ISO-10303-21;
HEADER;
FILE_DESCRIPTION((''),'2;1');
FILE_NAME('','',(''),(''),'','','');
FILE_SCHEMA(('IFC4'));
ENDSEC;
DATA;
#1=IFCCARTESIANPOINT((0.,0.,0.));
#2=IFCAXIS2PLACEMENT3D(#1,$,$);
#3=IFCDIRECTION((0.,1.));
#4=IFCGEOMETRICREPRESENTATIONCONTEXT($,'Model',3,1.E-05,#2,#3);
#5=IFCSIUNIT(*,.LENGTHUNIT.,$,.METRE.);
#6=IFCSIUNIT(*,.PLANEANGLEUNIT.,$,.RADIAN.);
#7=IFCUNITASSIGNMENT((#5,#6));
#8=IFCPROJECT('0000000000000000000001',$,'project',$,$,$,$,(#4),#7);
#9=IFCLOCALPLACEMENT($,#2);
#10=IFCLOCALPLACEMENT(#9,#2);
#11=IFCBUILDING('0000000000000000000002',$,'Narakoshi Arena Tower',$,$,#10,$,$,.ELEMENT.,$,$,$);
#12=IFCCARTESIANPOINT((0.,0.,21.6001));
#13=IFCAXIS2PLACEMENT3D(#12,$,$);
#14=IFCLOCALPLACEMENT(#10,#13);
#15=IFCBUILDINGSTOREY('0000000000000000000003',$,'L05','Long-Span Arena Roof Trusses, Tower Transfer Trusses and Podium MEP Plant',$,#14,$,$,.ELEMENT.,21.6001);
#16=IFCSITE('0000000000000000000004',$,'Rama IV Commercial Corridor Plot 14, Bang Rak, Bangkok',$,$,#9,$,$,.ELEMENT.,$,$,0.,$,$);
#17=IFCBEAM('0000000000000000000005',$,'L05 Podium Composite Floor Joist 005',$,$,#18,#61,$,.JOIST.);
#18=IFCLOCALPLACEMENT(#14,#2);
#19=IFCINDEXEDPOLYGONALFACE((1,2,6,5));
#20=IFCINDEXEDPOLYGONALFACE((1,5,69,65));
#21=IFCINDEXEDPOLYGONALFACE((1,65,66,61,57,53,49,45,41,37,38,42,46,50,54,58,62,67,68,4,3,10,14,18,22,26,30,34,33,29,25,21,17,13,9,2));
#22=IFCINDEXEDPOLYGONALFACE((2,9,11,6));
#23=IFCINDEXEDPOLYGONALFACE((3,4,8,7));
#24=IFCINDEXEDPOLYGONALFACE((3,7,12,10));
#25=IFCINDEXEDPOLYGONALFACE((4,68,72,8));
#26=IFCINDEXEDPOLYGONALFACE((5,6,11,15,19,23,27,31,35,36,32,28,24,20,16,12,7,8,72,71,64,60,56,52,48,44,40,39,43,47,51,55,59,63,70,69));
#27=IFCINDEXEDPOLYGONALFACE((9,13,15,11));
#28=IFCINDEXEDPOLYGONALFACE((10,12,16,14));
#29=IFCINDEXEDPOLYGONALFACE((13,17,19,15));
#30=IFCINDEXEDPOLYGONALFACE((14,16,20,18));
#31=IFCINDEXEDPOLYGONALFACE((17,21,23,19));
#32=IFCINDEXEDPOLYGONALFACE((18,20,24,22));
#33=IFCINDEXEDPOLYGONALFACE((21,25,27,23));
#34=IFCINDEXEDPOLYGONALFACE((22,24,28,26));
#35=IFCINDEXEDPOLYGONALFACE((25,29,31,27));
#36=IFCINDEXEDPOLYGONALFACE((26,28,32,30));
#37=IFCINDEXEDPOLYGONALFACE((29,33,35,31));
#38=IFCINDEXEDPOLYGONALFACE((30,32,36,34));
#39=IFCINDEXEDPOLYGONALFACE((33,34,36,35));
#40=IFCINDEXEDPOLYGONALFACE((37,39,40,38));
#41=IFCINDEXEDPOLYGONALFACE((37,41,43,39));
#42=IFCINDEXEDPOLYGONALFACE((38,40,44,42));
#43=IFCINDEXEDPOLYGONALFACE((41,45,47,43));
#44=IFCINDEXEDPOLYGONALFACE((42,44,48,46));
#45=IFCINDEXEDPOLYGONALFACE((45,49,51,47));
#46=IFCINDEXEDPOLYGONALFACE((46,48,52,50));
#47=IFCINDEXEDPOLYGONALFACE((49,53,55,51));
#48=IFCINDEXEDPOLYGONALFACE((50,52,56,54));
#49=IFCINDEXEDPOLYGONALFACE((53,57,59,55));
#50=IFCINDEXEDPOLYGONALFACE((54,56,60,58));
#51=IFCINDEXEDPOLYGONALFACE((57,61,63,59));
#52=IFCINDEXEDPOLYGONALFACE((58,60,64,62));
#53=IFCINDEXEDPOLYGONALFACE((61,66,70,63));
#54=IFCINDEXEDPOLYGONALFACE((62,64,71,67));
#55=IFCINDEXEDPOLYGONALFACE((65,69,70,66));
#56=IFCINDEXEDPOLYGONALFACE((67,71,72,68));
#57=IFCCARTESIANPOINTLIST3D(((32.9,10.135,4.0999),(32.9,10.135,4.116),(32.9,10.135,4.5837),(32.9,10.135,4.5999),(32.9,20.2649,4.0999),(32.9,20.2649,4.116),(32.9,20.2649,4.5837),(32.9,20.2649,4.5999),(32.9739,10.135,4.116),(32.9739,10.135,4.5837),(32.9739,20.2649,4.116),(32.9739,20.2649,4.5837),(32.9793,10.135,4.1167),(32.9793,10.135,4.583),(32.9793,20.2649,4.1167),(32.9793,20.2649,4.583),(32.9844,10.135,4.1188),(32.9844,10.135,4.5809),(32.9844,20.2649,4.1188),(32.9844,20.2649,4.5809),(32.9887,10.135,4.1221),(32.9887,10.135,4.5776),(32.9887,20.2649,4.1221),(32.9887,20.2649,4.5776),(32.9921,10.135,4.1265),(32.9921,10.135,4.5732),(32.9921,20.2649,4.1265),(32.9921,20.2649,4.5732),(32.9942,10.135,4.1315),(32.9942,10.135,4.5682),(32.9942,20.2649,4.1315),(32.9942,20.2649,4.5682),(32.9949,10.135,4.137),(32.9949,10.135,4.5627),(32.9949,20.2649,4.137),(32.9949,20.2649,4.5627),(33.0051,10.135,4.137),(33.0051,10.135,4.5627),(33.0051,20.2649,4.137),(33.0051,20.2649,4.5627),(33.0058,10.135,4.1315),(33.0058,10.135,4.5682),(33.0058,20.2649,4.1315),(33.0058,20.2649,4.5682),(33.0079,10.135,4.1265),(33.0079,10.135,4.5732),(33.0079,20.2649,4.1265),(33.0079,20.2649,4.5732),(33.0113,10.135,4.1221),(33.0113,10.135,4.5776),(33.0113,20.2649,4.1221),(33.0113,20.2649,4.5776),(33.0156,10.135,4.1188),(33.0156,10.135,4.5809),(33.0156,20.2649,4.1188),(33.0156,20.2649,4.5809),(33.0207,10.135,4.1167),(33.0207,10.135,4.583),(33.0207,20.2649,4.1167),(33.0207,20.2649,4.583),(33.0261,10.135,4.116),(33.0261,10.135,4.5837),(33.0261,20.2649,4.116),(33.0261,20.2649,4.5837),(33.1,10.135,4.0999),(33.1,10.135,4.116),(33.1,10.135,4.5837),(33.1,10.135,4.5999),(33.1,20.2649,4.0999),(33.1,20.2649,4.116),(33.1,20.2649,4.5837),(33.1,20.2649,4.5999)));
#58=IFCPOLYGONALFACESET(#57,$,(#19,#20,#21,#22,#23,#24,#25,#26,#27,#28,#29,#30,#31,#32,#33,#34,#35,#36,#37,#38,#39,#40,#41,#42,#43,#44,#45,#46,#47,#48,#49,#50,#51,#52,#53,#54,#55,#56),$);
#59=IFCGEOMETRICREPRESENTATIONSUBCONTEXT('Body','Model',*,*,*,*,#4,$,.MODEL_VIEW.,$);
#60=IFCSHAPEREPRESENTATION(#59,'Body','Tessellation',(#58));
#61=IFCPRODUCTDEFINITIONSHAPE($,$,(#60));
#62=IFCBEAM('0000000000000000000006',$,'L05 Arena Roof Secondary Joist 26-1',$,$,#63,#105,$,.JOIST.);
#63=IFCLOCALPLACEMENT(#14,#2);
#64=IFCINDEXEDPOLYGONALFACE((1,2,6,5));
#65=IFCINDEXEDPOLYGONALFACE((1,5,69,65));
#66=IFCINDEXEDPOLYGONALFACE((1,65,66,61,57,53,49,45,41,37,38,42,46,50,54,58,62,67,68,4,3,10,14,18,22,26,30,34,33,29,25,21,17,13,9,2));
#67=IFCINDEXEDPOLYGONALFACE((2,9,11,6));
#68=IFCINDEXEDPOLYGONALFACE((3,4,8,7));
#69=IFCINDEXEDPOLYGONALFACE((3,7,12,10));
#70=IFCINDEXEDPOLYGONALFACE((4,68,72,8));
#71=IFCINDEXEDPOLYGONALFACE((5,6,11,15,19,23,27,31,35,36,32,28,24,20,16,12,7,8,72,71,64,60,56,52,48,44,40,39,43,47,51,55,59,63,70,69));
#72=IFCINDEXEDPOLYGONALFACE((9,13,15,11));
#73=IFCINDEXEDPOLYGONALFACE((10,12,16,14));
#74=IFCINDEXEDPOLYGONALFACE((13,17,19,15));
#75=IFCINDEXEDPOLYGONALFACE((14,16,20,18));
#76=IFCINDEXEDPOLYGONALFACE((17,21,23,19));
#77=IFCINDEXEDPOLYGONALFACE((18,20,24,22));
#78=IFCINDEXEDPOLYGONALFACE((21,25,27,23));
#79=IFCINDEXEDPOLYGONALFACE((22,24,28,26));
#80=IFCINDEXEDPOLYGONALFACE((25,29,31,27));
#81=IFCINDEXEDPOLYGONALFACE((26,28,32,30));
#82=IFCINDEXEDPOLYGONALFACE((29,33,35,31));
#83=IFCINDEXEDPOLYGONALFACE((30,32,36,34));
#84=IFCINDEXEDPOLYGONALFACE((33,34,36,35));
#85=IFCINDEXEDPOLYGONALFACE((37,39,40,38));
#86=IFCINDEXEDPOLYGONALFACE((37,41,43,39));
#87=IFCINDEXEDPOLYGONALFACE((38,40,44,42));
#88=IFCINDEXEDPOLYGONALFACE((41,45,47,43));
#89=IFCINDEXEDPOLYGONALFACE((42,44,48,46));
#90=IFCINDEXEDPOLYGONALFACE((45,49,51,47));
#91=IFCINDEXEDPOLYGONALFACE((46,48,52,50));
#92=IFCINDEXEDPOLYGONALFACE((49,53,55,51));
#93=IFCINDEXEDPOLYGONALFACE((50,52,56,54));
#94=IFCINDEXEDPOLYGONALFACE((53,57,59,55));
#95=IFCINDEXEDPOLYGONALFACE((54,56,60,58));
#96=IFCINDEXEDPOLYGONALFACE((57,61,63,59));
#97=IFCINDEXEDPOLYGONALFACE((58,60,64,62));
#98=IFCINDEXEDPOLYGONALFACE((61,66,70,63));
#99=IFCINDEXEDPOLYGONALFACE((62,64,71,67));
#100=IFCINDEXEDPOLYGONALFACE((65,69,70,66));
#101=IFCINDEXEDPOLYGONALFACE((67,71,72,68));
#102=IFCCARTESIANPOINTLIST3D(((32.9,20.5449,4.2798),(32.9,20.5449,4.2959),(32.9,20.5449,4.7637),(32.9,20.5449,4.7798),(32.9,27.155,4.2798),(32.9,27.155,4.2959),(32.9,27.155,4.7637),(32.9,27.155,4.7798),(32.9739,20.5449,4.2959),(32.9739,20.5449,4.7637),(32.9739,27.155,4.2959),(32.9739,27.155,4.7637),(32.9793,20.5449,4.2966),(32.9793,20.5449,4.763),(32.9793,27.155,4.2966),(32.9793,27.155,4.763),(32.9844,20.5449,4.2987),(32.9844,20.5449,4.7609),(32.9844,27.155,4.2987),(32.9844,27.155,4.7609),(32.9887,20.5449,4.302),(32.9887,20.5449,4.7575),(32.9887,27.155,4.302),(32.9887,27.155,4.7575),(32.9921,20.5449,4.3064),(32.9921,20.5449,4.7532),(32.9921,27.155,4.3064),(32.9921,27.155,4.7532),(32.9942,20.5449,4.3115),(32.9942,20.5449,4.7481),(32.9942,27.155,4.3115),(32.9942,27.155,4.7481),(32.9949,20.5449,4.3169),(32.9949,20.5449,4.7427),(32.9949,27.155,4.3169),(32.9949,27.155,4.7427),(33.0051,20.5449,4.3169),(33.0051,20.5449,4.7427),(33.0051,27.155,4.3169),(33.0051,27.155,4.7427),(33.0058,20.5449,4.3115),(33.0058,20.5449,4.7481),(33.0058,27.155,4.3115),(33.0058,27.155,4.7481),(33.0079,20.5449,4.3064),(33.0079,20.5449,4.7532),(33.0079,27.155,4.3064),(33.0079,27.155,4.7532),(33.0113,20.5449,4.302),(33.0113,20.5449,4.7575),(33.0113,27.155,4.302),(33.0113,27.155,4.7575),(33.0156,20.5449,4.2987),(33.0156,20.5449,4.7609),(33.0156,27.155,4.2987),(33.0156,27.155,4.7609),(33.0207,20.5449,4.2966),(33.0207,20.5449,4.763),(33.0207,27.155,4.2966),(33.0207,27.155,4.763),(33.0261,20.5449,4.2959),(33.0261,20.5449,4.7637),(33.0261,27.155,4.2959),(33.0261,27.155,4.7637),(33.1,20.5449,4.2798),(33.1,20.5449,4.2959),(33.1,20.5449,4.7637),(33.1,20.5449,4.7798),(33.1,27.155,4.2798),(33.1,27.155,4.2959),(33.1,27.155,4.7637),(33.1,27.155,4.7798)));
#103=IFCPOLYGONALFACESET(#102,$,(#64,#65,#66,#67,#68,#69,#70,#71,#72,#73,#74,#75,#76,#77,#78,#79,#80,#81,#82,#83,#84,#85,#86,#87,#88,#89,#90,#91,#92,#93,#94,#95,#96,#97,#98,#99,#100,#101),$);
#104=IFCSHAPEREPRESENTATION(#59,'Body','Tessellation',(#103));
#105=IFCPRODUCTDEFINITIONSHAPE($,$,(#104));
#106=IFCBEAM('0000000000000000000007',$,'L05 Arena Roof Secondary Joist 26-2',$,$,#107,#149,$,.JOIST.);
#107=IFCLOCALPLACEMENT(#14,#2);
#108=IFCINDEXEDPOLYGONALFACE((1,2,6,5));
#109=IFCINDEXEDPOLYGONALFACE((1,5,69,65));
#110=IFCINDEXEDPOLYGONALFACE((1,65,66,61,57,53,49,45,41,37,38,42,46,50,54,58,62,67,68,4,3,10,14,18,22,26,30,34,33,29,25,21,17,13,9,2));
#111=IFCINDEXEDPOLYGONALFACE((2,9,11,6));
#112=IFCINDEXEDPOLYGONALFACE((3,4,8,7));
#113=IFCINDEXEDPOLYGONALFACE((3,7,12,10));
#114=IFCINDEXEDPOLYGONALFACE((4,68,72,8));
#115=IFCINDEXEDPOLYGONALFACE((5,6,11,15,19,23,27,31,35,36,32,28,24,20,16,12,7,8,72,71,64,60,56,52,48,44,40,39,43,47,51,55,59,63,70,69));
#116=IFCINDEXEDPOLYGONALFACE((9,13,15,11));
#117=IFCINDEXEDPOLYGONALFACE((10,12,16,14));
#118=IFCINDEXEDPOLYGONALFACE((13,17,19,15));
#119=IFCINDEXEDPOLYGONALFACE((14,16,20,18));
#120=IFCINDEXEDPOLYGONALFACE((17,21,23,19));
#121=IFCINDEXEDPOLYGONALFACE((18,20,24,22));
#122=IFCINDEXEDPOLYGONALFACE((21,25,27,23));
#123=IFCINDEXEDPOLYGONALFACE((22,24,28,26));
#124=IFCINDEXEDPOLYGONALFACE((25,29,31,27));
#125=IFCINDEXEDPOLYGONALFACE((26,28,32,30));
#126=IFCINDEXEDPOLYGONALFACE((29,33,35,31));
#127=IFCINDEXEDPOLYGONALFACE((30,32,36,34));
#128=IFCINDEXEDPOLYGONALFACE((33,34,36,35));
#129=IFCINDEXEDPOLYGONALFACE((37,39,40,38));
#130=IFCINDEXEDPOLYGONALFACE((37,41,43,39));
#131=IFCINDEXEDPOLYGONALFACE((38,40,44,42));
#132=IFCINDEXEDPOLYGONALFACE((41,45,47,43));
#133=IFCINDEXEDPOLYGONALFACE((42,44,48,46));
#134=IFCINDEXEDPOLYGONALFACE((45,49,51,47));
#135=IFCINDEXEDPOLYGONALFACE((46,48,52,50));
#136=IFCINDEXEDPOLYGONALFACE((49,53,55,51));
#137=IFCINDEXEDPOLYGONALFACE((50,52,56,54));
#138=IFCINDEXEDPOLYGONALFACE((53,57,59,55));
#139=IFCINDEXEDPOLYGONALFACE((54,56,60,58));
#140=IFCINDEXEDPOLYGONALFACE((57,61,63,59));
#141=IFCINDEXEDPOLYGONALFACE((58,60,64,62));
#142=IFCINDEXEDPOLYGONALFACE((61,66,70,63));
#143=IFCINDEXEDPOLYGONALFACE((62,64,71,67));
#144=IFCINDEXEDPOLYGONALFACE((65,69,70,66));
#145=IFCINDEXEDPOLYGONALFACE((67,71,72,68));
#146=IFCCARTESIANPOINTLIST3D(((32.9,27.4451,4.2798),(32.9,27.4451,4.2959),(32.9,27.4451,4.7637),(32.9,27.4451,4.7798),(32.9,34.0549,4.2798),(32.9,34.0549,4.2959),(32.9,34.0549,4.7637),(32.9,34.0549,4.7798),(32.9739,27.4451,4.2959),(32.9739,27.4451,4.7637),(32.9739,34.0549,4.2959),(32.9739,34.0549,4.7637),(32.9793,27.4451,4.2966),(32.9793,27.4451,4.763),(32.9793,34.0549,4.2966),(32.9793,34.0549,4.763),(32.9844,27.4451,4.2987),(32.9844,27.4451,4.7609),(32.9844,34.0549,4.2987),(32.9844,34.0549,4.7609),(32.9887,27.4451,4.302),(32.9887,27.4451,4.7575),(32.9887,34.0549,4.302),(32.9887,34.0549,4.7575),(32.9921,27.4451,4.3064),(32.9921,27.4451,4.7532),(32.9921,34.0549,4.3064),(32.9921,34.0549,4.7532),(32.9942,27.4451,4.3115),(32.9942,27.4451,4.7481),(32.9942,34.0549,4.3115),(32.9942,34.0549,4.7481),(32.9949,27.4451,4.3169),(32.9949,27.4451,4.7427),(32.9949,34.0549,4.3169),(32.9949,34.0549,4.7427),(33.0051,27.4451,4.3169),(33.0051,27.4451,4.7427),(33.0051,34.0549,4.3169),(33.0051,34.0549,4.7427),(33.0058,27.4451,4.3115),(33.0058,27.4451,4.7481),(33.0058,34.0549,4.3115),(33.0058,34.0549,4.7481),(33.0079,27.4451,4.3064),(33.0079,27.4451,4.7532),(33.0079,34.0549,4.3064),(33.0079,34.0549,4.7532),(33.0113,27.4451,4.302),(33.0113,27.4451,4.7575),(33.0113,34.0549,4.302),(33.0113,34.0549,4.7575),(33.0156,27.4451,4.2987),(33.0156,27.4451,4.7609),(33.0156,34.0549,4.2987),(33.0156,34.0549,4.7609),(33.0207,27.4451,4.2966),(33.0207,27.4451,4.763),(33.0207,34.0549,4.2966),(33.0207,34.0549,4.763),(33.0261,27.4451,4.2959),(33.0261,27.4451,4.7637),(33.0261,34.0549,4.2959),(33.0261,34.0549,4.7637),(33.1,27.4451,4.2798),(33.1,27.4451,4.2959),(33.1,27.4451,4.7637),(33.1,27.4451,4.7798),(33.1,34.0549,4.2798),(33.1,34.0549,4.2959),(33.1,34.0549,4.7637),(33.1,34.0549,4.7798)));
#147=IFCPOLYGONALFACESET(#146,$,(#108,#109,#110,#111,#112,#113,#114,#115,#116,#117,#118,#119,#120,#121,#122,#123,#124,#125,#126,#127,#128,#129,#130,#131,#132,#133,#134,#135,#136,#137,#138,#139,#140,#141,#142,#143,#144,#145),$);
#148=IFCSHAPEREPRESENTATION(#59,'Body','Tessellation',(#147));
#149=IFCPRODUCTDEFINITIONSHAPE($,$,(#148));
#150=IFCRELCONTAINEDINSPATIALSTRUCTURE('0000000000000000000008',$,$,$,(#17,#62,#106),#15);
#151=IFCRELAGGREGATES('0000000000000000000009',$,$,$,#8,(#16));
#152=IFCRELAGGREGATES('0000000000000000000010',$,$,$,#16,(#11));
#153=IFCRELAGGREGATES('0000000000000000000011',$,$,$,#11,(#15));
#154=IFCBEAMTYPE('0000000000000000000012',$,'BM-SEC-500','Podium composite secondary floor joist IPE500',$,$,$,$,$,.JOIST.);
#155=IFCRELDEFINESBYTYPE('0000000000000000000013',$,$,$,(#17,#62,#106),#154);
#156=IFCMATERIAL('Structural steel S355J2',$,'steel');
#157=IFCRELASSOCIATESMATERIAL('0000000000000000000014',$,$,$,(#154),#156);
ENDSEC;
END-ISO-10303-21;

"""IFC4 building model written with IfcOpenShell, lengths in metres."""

from ifc_helpers import new_model, si_unit, direction, frame, origin, origin_2d, place, context, subcontext, project, spatial, i_section, extrude, material, material_profile, profile_set, type_object, element, save


model = new_model("IFC4")

# Units and contexts
model_context = context("Model", 3, precision=1e-05, world=origin(), true_north=direction((0.0, 1.0)))
body_context = subcontext(model_context, "Body", "Model", "MODEL_VIEW")
ifc_project = project(units=[si_unit("LENGTHUNIT", "METRE"), si_unit("PLANEANGLEUNIT", "RADIAN")], contexts=[model_context])

# Site, building, storey
site_placement = place(None, origin())
site = spatial("IfcSite", under=ifc_project, at=site_placement, Name="Rama IV Commercial Corridor Plot 14, Bang Rak, Bangkok", CompositionType="ELEMENT", RefElevation=0.0)
building_placement = place(site_placement, origin())
building = spatial("IfcBuilding", under=site, at=building_placement, Name="Narakoshi Arena Tower", CompositionType="ELEMENT")
storey_placement = place(building_placement, frame((0.0, 0.0, 21.6001)))
storey = spatial("IfcBuildingStorey", under=building, at=storey_placement, Name="L05", Description="Long-Span Arena Roof Trusses, Tower Transfer Trusses and Podium MEP Plant", CompositionType="ELEMENT", Elevation=21.6001)

# Shared definitions
ifc_material_1 = material(Name="Structural steel S355J2", Category="steel")

# Beams
ifc_material_profile_1 = material_profile(ifc_material_1, i_section(OverallWidth=0.2, OverallDepth=0.5, WebThickness=0.0103, FlangeThickness=0.0161, FilletRadius=0.021, at=origin_2d()), Name="IPE500")
ifc_profile_set_1 = profile_set([ifc_material_profile_1], Name="Structural steel S355J2")
beam_type_1 = type_object("IfcBeamType", Name="BM-SEC-500", Description="Podium composite secondary floor joist IPE500", PredefinedType="JOIST", material=ifc_profile_set_1)
beam_1_placement = place(storey_placement, frame((33.0, 10.135, 4.3499), z_axis=(0.0, 1.0, 0.0), x_axis=(-1.0, 0.0, 0.0)))
element("IfcBeam", 1, at=beam_1_placement, inside=storey, type_object=beam_type_1, Name="L05 Podium Composite Floor Joist 005", PredefinedType="JOIST", context=body_context, shape_type="SweptSolid", body=[
    extrude(i_section(OverallWidth=0.2, OverallDepth=0.5, WebThickness=0.0103, FlangeThickness=0.0161, FilletRadius=0.021, at=origin_2d()), origin(), (0.0, 0.0, 1.0), 10.1299),
])
beam_2_placement = place(storey_placement, frame((33.0, 20.5449, 4.5298), z_axis=(0.0, 1.0, 0.0), x_axis=(-1.0, 0.0, 0.0)))
element("IfcBeam", 2, at=beam_2_placement, inside=storey, type_object=beam_type_1, Name="L05 Arena Roof Secondary Joist 26-1", PredefinedType="JOIST", context=body_context, shape_type="SweptSolid", body=[
    extrude(i_section(OverallWidth=0.2, OverallDepth=0.5, WebThickness=0.0103, FlangeThickness=0.0161, FilletRadius=0.021, at=origin_2d()), origin(), (0.0, 0.0, 1.0), 6.6101),
])
beam_3_placement = place(storey_placement, frame((33.0, 27.4451, 4.5298), z_axis=(0.0, 1.0, 0.0), x_axis=(-1.0, 0.0, 0.0)))
element("IfcBeam", 3, at=beam_3_placement, inside=storey, type_object=beam_type_1, Name="L05 Arena Roof Secondary Joist 26-2", PredefinedType="JOIST", context=body_context, shape_type="SweptSolid", body=[
    extrude(i_section(OverallWidth=0.2, OverallDepth=0.5, WebThickness=0.0103, FlangeThickness=0.0161, FilletRadius=0.021, at=origin_2d()), origin(), (0.0, 0.0, 1.0), 6.6099),
])

save(model, "model.ifc")
